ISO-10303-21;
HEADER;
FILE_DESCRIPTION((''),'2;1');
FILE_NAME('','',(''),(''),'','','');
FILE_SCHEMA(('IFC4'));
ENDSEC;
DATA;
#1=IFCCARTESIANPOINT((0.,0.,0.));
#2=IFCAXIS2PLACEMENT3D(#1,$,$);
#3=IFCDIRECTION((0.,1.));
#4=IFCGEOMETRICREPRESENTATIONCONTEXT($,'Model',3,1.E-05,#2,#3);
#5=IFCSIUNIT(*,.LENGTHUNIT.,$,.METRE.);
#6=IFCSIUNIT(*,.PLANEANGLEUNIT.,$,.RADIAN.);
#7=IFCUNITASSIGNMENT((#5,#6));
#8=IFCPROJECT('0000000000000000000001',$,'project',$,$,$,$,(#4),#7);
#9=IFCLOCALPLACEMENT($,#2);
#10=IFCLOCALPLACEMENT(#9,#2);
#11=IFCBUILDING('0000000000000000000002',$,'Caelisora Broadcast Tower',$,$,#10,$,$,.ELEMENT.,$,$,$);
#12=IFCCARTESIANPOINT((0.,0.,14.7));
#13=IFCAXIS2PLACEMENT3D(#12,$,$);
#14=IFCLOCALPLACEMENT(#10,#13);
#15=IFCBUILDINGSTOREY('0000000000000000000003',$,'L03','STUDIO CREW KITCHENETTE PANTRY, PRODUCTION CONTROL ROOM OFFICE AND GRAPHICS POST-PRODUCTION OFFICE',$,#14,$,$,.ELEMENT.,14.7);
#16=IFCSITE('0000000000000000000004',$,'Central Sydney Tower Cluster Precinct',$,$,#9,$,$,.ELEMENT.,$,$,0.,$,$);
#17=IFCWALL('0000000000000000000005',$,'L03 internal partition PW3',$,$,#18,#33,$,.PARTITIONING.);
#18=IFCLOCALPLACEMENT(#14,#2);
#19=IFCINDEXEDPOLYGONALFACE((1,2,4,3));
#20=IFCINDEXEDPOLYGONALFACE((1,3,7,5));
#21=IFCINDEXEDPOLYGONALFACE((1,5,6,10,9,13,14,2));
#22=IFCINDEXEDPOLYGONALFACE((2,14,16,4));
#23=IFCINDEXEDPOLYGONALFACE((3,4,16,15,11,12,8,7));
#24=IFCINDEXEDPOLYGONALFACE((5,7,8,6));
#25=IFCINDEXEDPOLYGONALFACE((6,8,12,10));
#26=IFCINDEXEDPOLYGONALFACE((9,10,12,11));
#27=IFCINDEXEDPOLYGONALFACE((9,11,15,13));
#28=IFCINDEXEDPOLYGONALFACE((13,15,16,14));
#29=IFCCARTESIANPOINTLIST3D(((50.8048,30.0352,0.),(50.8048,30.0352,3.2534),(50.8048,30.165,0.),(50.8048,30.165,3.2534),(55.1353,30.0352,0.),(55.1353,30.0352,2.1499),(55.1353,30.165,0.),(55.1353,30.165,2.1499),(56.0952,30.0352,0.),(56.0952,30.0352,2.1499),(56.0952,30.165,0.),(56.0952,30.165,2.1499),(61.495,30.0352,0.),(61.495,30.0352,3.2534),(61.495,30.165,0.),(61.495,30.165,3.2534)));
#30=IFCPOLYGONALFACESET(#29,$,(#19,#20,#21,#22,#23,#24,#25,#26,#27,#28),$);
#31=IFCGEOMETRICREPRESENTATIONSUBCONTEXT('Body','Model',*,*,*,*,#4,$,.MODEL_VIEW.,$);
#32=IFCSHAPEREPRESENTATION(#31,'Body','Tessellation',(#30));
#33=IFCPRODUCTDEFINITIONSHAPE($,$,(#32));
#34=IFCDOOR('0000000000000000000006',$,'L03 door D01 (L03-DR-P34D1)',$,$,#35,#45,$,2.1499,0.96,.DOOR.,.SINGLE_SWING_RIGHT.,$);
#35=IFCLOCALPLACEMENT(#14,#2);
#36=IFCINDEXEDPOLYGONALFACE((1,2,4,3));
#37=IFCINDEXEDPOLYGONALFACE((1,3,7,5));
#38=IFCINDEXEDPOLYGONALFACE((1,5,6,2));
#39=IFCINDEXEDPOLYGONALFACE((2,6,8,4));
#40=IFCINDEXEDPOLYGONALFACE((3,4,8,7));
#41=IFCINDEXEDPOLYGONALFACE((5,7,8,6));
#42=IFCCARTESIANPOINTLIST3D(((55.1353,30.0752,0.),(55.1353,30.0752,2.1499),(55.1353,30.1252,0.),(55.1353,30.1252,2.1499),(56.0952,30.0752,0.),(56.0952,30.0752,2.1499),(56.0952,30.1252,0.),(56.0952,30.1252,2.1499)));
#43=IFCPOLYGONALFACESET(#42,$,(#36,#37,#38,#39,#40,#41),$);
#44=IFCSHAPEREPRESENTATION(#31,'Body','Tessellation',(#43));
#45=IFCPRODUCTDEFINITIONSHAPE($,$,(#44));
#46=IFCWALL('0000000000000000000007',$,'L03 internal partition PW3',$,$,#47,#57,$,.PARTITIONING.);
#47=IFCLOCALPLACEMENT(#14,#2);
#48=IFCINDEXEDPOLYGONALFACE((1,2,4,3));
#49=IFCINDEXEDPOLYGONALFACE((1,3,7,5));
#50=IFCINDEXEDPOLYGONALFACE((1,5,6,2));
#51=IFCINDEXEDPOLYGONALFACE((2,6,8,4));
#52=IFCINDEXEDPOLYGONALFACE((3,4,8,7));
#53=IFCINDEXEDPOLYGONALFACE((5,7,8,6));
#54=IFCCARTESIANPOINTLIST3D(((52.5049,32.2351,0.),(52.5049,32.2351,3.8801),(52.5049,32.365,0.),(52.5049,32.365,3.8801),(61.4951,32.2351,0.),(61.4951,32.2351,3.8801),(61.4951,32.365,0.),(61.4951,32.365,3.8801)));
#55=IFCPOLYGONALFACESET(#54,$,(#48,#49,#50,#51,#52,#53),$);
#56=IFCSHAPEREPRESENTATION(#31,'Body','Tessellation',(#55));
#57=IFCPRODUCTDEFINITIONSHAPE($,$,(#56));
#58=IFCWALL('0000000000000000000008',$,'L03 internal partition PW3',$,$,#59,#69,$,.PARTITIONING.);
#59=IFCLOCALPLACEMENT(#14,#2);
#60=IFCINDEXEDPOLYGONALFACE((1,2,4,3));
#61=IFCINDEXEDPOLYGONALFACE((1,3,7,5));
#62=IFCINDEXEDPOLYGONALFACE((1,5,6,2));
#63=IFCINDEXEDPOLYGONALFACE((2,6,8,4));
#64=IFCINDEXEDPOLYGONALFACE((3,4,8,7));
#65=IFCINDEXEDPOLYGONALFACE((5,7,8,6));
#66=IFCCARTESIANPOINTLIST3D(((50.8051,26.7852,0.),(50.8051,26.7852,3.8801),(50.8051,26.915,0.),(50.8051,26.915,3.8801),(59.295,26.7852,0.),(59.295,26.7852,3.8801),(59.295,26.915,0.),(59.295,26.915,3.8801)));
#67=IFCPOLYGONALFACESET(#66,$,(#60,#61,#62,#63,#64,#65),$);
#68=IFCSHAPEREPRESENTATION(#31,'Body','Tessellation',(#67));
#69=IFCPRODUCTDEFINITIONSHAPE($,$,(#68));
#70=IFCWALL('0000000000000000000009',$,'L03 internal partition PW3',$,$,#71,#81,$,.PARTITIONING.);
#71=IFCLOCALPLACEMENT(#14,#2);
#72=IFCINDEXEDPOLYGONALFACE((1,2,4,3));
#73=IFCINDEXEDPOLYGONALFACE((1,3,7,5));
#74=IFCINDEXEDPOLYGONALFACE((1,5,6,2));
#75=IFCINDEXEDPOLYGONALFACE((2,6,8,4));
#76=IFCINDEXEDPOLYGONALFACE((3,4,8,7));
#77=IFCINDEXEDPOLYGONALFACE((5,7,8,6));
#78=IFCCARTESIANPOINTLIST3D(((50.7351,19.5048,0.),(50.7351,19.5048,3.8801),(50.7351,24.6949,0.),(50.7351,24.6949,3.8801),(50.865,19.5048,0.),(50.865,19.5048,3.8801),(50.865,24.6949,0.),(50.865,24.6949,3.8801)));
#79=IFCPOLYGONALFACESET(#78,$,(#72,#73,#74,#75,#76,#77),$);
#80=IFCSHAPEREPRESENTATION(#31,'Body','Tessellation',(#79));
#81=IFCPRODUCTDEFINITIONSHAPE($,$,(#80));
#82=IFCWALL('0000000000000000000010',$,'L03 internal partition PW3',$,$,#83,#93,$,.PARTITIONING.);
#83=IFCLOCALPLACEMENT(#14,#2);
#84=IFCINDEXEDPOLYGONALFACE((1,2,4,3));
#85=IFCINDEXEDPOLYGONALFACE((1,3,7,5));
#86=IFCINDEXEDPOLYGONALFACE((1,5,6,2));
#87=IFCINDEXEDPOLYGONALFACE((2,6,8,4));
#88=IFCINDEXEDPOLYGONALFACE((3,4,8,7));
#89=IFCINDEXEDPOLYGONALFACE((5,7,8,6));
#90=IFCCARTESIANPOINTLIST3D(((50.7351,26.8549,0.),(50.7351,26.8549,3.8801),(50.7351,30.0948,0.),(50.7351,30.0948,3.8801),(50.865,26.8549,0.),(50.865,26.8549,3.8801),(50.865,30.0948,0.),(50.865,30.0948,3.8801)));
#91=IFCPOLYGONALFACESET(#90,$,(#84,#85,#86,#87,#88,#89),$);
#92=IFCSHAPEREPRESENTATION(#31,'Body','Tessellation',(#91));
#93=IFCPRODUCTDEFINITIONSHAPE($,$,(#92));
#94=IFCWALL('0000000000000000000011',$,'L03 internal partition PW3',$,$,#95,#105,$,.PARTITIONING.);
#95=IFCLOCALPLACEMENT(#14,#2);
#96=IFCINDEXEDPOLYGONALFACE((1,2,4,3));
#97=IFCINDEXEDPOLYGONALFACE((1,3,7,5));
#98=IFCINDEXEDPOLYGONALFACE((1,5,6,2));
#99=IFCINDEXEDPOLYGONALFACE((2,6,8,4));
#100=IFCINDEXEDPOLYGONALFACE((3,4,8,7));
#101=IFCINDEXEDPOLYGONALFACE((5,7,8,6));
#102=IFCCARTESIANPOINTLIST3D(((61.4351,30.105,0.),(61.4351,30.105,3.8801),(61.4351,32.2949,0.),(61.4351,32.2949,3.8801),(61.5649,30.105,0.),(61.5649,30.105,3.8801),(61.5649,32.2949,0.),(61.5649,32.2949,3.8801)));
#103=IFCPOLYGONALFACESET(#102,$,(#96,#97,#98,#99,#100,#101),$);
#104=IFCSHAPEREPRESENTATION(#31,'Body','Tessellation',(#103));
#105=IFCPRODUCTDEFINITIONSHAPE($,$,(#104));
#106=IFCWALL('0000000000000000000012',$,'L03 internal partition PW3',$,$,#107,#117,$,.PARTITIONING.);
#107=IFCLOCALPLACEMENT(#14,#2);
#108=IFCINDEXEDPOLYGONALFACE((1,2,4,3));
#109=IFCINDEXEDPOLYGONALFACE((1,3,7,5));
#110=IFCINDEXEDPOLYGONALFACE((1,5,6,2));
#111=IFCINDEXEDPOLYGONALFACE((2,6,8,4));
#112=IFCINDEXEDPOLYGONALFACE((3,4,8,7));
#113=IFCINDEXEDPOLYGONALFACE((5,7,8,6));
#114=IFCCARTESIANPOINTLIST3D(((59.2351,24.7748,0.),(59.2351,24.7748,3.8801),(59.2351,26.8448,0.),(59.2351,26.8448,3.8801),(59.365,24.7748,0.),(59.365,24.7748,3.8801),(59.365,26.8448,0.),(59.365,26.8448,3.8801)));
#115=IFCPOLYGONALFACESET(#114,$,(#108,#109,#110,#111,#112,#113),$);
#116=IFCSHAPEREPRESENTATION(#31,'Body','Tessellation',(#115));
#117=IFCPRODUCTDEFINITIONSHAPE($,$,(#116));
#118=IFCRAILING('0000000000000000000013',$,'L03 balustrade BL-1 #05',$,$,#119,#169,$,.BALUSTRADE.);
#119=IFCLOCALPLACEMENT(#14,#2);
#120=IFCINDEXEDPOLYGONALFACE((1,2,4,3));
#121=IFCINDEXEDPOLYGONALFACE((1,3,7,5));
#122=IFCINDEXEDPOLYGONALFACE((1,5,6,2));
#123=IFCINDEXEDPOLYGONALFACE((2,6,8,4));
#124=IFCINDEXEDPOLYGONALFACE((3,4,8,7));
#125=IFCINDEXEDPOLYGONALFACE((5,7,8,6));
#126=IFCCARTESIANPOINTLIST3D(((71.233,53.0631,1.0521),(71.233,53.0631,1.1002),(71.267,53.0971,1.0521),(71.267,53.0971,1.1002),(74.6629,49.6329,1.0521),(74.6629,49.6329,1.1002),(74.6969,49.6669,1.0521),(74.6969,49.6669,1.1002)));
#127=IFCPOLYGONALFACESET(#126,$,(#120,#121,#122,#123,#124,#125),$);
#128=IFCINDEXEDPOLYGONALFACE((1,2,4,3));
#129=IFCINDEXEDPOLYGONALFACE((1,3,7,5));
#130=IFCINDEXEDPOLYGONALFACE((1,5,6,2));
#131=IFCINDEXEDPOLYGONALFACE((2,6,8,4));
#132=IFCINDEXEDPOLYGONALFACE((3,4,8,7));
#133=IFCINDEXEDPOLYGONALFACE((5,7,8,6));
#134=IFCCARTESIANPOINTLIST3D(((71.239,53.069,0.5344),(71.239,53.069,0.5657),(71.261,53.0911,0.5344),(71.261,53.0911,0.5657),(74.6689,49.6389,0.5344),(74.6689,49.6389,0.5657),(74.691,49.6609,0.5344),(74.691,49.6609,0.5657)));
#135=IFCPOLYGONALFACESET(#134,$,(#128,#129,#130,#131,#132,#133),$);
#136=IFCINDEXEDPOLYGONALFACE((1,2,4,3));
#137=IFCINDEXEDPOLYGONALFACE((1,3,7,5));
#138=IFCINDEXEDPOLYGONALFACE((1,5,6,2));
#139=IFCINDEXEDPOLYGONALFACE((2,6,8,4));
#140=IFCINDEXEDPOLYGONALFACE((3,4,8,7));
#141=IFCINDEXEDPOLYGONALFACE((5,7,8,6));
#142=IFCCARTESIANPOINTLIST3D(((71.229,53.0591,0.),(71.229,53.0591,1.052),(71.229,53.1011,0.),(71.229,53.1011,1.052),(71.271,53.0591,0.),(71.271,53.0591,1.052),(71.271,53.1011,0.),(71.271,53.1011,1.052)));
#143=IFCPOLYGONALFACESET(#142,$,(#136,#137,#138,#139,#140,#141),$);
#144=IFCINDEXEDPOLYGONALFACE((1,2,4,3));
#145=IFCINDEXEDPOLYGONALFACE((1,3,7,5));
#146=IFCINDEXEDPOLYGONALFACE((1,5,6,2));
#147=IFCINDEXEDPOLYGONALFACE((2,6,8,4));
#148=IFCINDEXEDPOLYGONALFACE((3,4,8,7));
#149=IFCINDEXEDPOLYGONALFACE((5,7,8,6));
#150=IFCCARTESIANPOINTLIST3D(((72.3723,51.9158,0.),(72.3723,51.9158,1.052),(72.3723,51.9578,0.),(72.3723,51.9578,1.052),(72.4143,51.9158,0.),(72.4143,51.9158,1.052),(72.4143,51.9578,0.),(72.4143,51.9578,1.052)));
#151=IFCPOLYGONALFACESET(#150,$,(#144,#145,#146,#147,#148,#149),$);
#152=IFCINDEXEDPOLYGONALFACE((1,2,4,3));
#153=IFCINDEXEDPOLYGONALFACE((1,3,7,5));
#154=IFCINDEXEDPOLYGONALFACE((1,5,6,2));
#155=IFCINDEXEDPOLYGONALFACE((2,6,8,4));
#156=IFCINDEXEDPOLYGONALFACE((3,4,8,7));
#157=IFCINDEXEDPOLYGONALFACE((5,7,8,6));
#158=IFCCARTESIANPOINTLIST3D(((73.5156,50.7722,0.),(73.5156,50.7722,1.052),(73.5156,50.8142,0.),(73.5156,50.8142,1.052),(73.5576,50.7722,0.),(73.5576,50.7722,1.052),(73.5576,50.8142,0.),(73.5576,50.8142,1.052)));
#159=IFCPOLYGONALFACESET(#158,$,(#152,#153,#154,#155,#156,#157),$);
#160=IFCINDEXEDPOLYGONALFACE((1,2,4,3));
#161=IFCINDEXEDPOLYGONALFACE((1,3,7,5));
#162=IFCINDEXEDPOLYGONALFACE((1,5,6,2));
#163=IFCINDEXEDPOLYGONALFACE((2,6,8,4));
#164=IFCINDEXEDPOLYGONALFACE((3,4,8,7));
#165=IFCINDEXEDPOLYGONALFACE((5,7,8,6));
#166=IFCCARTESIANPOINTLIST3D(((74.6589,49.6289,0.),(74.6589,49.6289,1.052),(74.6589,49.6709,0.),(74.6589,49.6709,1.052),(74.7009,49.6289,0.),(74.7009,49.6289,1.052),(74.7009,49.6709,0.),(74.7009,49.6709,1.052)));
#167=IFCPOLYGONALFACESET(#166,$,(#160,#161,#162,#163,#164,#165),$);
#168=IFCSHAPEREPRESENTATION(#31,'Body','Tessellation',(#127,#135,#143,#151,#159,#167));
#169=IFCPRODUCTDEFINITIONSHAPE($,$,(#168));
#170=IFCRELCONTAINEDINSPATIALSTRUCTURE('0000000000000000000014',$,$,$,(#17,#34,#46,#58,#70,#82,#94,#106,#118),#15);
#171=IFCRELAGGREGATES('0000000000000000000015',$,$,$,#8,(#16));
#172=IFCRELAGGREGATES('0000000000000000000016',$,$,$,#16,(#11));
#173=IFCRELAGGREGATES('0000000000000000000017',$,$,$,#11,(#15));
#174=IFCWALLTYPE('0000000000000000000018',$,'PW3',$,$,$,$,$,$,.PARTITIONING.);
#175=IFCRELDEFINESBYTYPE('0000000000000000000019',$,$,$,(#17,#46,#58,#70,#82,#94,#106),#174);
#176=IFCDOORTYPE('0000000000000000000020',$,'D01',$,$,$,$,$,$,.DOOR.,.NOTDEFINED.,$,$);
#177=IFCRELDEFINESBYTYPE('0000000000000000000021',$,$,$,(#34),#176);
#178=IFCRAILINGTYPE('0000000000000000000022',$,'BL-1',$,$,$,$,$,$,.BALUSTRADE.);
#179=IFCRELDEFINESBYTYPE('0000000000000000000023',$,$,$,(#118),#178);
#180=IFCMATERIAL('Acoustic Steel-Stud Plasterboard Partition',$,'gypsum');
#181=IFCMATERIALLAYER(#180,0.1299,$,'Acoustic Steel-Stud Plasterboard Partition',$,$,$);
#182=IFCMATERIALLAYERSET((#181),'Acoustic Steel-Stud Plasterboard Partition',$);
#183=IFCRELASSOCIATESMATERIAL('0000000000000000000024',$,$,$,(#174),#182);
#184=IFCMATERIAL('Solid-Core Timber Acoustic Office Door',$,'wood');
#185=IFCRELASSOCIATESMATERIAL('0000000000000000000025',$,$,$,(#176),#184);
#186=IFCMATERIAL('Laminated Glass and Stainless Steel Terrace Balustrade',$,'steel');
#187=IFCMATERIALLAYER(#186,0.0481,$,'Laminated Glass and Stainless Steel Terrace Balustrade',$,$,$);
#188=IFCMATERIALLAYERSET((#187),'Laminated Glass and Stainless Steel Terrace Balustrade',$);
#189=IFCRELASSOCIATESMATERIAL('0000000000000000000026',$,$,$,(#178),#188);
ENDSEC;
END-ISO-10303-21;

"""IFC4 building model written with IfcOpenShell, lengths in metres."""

from ifc_helpers import new_model, si_unit, direction, frame, frame_2d, origin, origin_2d, place, context, subcontext, project, spatial, rectangle, extrude, material, layer, layer_set, type_object, element, fill, save


model = new_model("IFC4")

# Units and contexts
model_context = context("Model", 3, precision=1e-05, world=origin(), true_north=direction((0.0, 1.0)))
body_context = subcontext(model_context, "Body", "Model", "MODEL_VIEW")
ifc_project = project(units=[si_unit("LENGTHUNIT", "METRE"), si_unit("PLANEANGLEUNIT", "RADIAN")], contexts=[model_context])

# Site, building, storey
site_placement = place(None, origin())
site = spatial("IfcSite", under=ifc_project, at=site_placement, Name="Central Sydney Tower Cluster Precinct", CompositionType="ELEMENT", RefElevation=0.0)
building_placement = place(site_placement, origin())
building = spatial("IfcBuilding", under=site, at=building_placement, Name="Caelisora Broadcast Tower", CompositionType="ELEMENT")
storey_placement = place(building_placement, frame((0.0, 0.0, 14.7)))
storey = spatial("IfcBuildingStorey", under=building, at=storey_placement, Name="L03", Description="STUDIO CREW KITCHENETTE PANTRY, PRODUCTION CONTROL ROOM OFFICE AND GRAPHICS POST-PRODUCTION OFFICE", CompositionType="ELEMENT", Elevation=14.7)

# Shared definitions
ifc_material_1 = material(Name="Acoustic Steel-Stud Plasterboard Partition", Category="gypsum")
ifc_layer_1 = layer(ifc_material_1, 0.1299, Name="Acoustic Steel-Stud Plasterboard Partition")
ifc_layer_set_1 = layer_set([ifc_layer_1], Name="Acoustic Steel-Stud Plasterboard Partition")
wall_type_1 = type_object("IfcWallType", Name="PW3", PredefinedType="PARTITIONING", material=ifc_layer_set_1)

# Wall, opening, door
wall_1_placement = place(storey_placement, frame((61.4951, 30.1001, 0.0), z_axis=(0.0, 0.0, 1.0), x_axis=(-1.0, 0.0, 0.0)))
wall_1 = element("IfcWall", 1, at=wall_1_placement, inside=storey, type_object=wall_type_1, Name="L03 internal partition PW3", PredefinedType="PARTITIONING", context=body_context, shape_type="SweptSolid", body=[
    extrude(rectangle(XDim=10.6902, YDim=0.1299, at=frame_2d((5.3452, 0.0))), origin(), (0.0, 0.0, 1.0), 3.2534),
])
opening_1_placement = place(wall_1_placement, frame((5.3999, 0.0, 0.0)))
opening_1 = element("IfcOpeningElement", 2, at=opening_1_placement, cuts=wall_1, PredefinedType="OPENING", context=body_context, shape_type="SweptSolid", body=[
    extrude(rectangle(XDim=0.96, YDim=2.1499, at=frame_2d((0.48, 1.075))), frame((0.0, 0.0769, 0.0), z_axis=(0.0, -1.0, 0.0), x_axis=(1.0, 0.0, 0.0)), (0.0, 0.0, 1.0), 0.1538),
])
ifc_material_2 = material(Name="Solid-Core Timber Acoustic Office Door", Category="wood")
door_type_1 = type_object("IfcDoorType", Name="D01", OperationType="NOTDEFINED", PredefinedType="DOOR", material=ifc_material_2)
door_1_placement = place(opening_1_placement, origin())
door_1 = element("IfcDoor", 3, at=door_1_placement, inside=storey, type_object=door_type_1, Name="L03 door D01 (L03-DR-P34D1)", OperationType="SINGLE_SWING_RIGHT", OverallHeight=2.1499, OverallWidth=0.96, PredefinedType="DOOR", context=body_context, shape_type="SweptSolid", body=[
    extrude(rectangle(XDim=0.96, YDim=2.1499, at=frame_2d((0.48, 1.075))), frame((0.0, 0.0249, 0.0), z_axis=(0.0, -1.0, 0.0), x_axis=(1.0, 0.0, 0.0)), (0.0, 0.0, 1.0), 0.05),
])
fill(opening_1, door_1)

# Walls
wall_2_placement = place(storey_placement, frame((52.5049, 32.3, 0.0), z_axis=(0.0, 0.0, 1.0), x_axis=(1.0, 0.0, 0.0)))
element("IfcWall", 4, at=wall_2_placement, inside=storey, type_object=wall_type_1, Name="L03 internal partition PW3", PredefinedType="PARTITIONING", context=body_context, shape_type="SweptSolid", body=[
    extrude(rectangle(XDim=8.9902, YDim=0.1299, at=frame_2d((4.4951, 0.0))), origin(), (0.0, 0.0, 1.0), 3.8801),
])
wall_3_placement = place(storey_placement, frame((50.8049, 26.8501, 0.0), z_axis=(0.0, 0.0, 1.0), x_axis=(1.0, 0.0, 0.0)))
element("IfcWall", 5, at=wall_3_placement, inside=storey, type_object=wall_type_1, Name="L03 internal partition PW3", PredefinedType="PARTITIONING", context=body_context, shape_type="SweptSolid", body=[
    extrude(rectangle(XDim=8.49, YDim=0.1299, at=frame_2d((4.2451, 0.0))), origin(), (0.0, 0.0, 1.0), 3.8801),
])
wall_4_placement = place(storey_placement, frame((50.8, 24.6951, 0.0), z_axis=(0.0, 0.0, 1.0), x_axis=(0.0, -1.0, 0.0)))
element("IfcWall", 6, at=wall_4_placement, inside=storey, type_object=wall_type_1, Name="L03 internal partition PW3", PredefinedType="PARTITIONING", context=body_context, shape_type="SweptSolid", body=[
    extrude(rectangle(XDim=5.1902, YDim=0.1299, at=frame_2d((2.5952, 0.0))), origin(), (0.0, 0.0, 1.0), 3.8801),
])
wall_5_placement = place(storey_placement, frame((50.8, 30.095, 0.0), z_axis=(0.0, 0.0, 1.0), x_axis=(0.0, -1.0, 0.0)))
element("IfcWall", 7, at=wall_5_placement, inside=storey, type_object=wall_type_1, Name="L03 internal partition PW3", PredefinedType="PARTITIONING", context=body_context, shape_type="SweptSolid", body=[
    extrude(rectangle(XDim=3.24, YDim=0.1299, at=frame_2d((1.6201, 0.0))), origin(), (0.0, 0.0, 1.0), 3.8801),
])
wall_6_placement = place(storey_placement, frame((61.5, 32.2949, 0.0), z_axis=(0.0, 0.0, 1.0), x_axis=(0.0, -1.0, 0.0)))
element("IfcWall", 8, at=wall_6_placement, inside=storey, type_object=wall_type_1, Name="L03 internal partition PW3", PredefinedType="PARTITIONING", context=body_context, shape_type="SweptSolid", body=[
    extrude(rectangle(XDim=2.1899, YDim=0.1299, at=frame_2d((1.095, 0.0))), origin(), (0.0, 0.0, 1.0), 3.8801),
])
wall_7_placement = place(storey_placement, frame((59.3, 26.845, 0.0), z_axis=(0.0, 0.0, 1.0), x_axis=(0.0, -1.0, 0.0)))
element("IfcWall", 9, at=wall_7_placement, inside=storey, type_object=wall_type_1, Name="L03 internal partition PW3", PredefinedType="PARTITIONING", context=body_context, shape_type="SweptSolid", body=[
    extrude(rectangle(XDim=2.0701, YDim=0.1299, at=frame_2d((1.0352, 0.0))), origin(), (0.0, 0.0, 1.0), 3.8801),
])

# Railing
ifc_material_3 = material(Name="Laminated Glass and Stainless Steel Terrace Balustrade", Category="steel")
ifc_layer_2 = layer(ifc_material_3, 0.0481, Name="Laminated Glass and Stainless Steel Terrace Balustrade")
ifc_layer_set_2 = layer_set([ifc_layer_2], Name="Laminated Glass and Stainless Steel Terrace Balustrade")
railing_type = type_object("IfcRailingType", Name="BL-1", PredefinedType="BALUSTRADE", material=ifc_layer_set_2)
railing_1_placement = place(storey_placement, frame((71.25, 53.0801, 0.0)))
element("IfcRailing", 10, at=railing_1_placement, inside=storey, type_object=railing_type, Name="L03 balustrade BL-1 #05", PredefinedType="BALUSTRADE", context=body_context, shape_type="SweptSolid", body=[
    extrude(rectangle(XDim=0.0481, YDim=0.0481, at=origin_2d()), frame((0.0, 0.0, 1.0762), z_axis=(0.707082, -0.707132, 0.0), x_axis=(0.707132, 0.707082, 0.0)), (0.0, 0.0, 1.0), 4.8508),
    extrude(rectangle(XDim=0.0312, YDim=0.0312, at=origin_2d()), frame((0.0, 0.0, 0.55), z_axis=(0.707082, -0.707132, 0.0), x_axis=(0.707132, 0.707082, 0.0)), (0.0, 0.0, 1.0), 4.8508),
    extrude(rectangle(XDim=0.042, YDim=0.042, at=origin_2d()), origin(), (0.0, 0.0, 1.0), 1.052),
    extrude(rectangle(XDim=0.042, YDim=0.042, at=origin_2d()), frame((1.1433, -1.1433, 0.0)), (0.0, 0.0, 1.0), 1.052),
    extrude(rectangle(XDim=0.042, YDim=0.042, at=origin_2d()), frame((2.2866, -2.2869, 0.0)), (0.0, 0.0, 1.0), 1.052),
    extrude(rectangle(XDim=0.042, YDim=0.042, at=origin_2d()), frame((3.4299, -3.4302, 0.0)), (0.0, 0.0, 1.0), 1.052),
])

save(model, "model.ifc")
